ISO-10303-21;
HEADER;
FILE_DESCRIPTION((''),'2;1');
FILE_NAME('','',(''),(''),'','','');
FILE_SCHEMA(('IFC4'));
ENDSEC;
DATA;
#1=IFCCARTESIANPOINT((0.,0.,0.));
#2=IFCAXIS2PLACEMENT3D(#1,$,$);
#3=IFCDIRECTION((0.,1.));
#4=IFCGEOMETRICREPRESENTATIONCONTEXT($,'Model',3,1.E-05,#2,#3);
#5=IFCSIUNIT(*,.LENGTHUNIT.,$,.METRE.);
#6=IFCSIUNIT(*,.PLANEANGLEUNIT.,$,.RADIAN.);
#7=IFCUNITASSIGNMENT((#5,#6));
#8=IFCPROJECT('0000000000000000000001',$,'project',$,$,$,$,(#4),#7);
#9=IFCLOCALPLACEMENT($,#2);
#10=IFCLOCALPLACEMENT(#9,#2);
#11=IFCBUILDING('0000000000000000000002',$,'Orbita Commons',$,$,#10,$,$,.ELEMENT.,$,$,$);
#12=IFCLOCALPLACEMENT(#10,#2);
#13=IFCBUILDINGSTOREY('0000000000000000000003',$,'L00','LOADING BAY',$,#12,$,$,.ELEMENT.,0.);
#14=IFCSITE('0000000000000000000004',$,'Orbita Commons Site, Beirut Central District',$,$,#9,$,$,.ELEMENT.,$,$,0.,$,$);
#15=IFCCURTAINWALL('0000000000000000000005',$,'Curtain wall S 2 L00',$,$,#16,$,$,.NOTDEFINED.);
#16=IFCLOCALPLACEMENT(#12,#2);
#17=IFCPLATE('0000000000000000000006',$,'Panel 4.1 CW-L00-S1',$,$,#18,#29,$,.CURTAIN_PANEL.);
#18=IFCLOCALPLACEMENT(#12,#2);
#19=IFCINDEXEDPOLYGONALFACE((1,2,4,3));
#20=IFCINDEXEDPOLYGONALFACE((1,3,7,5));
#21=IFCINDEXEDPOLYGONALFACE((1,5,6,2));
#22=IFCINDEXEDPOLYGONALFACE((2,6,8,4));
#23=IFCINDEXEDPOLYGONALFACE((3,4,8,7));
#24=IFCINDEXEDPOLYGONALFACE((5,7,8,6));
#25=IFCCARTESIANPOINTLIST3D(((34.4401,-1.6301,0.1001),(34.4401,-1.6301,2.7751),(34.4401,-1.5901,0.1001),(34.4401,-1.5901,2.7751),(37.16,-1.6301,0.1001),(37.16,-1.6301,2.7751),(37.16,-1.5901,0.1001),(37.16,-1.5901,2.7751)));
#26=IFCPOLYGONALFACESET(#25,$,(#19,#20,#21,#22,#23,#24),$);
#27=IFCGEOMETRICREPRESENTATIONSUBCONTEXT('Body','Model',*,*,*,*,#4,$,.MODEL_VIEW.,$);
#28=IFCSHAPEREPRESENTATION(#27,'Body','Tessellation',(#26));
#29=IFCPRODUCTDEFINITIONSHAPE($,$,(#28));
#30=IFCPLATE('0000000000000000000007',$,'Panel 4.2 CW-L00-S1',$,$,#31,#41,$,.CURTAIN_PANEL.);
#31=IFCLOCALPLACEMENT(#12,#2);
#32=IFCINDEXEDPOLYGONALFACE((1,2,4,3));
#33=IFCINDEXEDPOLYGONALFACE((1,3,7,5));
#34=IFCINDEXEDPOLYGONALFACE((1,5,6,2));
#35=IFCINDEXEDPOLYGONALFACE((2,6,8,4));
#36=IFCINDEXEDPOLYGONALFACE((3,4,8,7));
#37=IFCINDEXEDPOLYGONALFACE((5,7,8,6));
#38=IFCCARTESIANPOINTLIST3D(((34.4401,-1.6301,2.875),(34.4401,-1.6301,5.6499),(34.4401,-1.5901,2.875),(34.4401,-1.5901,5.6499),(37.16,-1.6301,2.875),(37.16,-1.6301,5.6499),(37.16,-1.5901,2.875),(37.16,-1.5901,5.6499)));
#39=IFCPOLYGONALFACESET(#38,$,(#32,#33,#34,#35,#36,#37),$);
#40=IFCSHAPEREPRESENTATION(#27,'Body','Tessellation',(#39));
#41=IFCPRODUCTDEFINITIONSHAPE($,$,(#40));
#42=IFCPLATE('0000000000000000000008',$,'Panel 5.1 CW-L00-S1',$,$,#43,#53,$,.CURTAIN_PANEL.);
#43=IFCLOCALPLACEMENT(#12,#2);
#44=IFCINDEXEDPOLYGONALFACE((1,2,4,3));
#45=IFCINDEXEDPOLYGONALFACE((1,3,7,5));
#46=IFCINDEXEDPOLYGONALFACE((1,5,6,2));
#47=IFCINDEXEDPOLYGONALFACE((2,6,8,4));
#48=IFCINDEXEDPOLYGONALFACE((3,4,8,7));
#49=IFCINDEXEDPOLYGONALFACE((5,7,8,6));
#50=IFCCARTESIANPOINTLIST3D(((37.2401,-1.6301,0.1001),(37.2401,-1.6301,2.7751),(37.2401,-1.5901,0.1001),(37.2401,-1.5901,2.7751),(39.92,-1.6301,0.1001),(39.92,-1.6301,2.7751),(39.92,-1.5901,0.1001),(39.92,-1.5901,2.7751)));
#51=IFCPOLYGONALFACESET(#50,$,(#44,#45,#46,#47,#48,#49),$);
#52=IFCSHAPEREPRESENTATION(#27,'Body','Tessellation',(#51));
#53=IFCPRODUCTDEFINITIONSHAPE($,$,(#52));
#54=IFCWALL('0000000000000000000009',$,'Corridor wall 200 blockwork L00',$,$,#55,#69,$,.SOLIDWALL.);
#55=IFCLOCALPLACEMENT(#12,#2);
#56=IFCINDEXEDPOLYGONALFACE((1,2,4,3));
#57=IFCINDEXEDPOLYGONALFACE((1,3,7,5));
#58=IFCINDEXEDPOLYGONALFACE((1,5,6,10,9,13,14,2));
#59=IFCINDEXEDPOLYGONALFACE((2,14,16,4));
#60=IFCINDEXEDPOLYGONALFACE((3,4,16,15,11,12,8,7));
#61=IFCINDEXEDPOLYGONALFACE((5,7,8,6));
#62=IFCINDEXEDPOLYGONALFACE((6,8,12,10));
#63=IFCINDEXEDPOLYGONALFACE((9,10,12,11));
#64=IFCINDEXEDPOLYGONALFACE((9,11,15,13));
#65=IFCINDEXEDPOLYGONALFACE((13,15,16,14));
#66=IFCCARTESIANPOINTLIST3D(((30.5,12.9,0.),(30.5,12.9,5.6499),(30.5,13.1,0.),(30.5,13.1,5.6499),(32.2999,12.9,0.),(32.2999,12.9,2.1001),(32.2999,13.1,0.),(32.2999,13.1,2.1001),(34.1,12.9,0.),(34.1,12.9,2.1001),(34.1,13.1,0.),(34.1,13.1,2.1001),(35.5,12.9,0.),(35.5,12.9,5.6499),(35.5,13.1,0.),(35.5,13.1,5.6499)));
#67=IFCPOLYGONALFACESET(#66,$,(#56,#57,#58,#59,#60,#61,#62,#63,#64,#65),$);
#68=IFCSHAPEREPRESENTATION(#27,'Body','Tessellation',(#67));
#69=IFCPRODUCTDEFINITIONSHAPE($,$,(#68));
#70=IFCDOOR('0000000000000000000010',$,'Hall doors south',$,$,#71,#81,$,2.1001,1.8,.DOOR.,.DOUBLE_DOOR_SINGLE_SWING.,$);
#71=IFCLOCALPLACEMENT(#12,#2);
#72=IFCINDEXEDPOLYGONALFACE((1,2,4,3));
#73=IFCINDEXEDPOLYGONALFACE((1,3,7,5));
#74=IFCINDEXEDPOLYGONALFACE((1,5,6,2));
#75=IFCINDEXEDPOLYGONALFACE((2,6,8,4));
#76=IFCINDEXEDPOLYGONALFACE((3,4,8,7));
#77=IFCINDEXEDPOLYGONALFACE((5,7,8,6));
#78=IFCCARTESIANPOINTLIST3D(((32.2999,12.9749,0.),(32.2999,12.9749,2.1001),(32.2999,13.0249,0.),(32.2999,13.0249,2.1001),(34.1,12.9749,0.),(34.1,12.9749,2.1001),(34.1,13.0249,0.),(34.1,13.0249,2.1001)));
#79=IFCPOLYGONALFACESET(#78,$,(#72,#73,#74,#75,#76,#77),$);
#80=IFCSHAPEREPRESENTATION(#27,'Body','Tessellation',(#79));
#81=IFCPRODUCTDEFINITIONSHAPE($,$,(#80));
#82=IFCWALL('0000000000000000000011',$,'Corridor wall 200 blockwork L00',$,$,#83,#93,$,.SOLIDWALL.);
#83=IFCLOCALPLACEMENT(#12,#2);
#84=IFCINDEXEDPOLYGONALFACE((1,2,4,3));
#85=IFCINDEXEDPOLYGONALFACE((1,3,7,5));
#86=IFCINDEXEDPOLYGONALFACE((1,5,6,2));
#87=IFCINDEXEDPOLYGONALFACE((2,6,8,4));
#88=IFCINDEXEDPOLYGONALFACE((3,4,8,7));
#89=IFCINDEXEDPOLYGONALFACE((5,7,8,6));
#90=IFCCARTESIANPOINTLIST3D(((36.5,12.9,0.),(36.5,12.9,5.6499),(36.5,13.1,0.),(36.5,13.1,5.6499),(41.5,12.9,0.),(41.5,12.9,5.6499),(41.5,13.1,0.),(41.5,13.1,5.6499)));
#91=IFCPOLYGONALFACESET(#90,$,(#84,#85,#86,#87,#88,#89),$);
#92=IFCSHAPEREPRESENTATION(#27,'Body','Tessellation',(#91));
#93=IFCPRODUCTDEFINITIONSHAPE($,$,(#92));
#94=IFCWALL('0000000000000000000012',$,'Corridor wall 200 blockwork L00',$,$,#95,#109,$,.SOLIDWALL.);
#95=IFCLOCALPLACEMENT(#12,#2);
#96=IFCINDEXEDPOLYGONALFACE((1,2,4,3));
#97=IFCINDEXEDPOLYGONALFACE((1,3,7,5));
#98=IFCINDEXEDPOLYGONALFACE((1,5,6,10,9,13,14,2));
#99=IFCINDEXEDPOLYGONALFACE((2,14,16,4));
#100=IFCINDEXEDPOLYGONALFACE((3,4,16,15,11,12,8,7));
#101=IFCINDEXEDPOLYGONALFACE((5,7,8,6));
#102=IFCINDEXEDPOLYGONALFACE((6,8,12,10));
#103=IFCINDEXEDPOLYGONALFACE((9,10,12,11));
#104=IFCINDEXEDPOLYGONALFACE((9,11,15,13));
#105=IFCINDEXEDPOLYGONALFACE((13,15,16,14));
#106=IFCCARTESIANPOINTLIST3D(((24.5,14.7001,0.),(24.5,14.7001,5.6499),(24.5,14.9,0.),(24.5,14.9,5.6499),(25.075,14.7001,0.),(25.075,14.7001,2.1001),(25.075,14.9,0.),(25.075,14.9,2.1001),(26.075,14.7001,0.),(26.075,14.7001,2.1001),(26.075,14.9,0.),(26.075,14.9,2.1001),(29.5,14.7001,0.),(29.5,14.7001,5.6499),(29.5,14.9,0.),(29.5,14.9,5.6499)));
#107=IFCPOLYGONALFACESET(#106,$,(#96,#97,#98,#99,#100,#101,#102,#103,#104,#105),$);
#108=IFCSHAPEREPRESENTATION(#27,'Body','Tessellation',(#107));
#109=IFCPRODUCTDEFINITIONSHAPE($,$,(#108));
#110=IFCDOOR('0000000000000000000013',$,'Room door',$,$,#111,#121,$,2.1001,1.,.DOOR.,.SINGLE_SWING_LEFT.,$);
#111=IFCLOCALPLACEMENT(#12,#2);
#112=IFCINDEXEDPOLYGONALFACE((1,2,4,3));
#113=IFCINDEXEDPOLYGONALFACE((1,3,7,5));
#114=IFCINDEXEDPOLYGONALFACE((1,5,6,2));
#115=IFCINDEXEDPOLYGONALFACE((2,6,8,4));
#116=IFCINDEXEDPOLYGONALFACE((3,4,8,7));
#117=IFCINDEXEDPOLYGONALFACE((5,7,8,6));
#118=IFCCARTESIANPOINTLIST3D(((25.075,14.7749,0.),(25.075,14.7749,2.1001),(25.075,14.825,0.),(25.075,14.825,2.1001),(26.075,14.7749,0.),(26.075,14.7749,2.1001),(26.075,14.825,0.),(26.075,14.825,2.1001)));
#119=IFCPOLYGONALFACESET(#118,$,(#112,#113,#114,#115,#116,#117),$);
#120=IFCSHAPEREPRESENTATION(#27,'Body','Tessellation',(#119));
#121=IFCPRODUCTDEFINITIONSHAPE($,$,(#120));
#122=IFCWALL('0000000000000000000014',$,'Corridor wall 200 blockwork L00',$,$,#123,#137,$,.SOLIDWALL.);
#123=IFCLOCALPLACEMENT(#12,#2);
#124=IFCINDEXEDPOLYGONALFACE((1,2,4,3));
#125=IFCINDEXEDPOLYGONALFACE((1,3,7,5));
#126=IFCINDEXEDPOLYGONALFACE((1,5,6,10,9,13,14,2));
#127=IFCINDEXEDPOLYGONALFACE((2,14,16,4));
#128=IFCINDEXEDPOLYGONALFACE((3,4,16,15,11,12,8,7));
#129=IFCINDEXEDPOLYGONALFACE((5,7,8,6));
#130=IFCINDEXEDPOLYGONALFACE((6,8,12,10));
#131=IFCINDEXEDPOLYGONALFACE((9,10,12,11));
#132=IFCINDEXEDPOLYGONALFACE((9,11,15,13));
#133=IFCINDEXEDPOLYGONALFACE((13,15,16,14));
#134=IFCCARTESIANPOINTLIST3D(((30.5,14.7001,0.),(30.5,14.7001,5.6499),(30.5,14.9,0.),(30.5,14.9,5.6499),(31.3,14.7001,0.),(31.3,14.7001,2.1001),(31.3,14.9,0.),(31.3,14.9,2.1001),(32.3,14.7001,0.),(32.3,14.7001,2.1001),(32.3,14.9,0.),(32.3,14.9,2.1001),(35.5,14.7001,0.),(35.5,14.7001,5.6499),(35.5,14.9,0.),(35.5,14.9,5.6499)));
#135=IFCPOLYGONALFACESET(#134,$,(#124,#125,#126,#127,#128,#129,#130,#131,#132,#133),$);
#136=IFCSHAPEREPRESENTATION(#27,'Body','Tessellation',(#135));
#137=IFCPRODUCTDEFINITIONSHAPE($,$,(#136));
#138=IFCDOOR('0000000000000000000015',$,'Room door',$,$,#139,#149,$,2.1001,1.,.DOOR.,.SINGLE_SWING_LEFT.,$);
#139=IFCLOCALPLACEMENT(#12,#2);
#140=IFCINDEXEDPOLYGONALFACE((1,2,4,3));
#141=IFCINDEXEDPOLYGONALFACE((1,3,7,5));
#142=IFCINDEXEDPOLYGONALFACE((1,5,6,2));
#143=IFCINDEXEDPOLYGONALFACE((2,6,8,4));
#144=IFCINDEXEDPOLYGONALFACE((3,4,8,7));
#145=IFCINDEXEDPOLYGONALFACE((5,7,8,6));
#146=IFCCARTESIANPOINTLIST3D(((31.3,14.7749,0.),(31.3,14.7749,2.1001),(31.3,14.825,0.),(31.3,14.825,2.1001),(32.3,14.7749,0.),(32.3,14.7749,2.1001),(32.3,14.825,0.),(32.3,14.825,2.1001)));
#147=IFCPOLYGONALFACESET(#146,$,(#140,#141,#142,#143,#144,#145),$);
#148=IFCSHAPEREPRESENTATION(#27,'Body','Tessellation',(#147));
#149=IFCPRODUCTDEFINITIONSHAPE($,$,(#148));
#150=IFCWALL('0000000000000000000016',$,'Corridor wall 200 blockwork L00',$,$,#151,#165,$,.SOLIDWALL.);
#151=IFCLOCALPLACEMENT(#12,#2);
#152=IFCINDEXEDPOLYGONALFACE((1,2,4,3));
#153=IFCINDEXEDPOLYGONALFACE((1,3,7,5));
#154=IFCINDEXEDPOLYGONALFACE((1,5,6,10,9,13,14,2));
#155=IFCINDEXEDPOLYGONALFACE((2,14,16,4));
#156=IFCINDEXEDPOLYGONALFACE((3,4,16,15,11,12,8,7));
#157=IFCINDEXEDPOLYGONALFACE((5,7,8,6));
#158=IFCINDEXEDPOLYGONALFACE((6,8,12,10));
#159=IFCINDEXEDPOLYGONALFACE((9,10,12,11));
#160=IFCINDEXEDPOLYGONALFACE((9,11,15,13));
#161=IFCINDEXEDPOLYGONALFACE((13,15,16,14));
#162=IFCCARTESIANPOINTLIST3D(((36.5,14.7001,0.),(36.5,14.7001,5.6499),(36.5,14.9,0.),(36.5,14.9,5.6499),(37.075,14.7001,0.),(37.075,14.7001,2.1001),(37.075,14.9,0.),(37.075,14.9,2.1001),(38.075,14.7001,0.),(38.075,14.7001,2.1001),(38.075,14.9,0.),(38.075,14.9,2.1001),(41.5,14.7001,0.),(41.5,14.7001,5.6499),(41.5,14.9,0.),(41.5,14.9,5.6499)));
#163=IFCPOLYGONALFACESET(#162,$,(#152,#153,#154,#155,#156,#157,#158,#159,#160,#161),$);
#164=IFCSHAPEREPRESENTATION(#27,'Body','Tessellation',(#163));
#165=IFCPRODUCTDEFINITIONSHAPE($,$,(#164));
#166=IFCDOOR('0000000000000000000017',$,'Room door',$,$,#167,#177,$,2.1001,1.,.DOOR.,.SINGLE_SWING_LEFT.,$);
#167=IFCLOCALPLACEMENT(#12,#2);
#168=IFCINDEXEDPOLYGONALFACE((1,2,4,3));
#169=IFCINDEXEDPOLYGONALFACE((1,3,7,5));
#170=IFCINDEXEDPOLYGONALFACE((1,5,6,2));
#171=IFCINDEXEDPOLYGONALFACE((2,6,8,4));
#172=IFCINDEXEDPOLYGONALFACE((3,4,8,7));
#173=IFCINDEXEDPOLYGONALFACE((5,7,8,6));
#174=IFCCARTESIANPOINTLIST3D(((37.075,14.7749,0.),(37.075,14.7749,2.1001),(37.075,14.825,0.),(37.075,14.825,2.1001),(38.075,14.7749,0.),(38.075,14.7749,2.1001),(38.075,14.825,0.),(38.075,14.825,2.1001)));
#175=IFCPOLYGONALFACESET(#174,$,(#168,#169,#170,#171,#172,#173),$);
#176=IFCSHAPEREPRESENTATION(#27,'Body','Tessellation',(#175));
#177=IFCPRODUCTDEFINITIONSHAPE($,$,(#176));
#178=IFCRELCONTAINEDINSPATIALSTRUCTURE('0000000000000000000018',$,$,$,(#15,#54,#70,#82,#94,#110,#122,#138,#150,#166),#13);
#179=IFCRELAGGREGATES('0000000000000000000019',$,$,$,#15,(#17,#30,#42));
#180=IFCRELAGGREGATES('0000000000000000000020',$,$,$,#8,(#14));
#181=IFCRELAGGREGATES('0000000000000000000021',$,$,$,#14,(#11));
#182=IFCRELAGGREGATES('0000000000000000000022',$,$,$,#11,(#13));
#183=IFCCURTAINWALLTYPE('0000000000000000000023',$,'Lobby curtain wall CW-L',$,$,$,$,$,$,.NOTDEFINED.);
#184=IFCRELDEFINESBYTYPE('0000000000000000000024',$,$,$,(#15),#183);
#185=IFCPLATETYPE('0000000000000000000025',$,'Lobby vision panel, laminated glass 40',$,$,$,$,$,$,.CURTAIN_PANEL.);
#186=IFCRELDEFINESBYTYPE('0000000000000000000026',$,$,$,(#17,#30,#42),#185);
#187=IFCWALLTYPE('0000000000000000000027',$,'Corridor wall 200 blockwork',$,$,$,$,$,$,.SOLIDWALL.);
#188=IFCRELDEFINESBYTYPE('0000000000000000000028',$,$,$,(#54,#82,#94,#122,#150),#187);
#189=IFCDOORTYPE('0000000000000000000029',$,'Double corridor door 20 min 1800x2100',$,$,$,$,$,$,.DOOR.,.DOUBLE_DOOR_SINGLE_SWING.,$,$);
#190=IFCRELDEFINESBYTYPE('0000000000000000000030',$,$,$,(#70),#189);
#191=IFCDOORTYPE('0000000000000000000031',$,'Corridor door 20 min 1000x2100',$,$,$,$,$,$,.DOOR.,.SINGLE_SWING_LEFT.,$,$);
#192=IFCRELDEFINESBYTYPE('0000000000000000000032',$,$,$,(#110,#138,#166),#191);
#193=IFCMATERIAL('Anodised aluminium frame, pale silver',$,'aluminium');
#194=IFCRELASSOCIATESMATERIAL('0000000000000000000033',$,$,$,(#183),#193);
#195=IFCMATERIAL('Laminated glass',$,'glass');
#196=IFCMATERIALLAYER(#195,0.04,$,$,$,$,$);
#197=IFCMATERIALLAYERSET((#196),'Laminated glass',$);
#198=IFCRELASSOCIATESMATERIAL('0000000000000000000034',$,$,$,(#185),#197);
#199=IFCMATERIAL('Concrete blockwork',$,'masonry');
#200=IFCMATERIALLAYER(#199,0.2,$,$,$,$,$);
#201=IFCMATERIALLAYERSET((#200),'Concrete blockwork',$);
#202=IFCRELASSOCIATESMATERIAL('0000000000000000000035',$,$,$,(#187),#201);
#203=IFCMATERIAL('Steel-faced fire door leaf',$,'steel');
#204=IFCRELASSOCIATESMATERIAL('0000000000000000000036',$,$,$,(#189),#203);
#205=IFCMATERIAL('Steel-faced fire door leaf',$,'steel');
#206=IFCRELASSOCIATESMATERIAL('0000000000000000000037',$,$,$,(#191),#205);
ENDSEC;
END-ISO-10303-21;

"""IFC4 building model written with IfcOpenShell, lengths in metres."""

from ifc_helpers import new_model, si_unit, direction, frame, frame_2d, origin, origin_2d, place, context, subcontext, project, spatial, rectangle, extrude, material, layer, layer_set, type_object, element, fill, aggregate, save


model = new_model("IFC4")

# Units and contexts
model_context = context("Model", 3, precision=1e-05, world=origin(), true_north=direction((0.0, 1.0)))
body_context = subcontext(model_context, "Body", "Model", "MODEL_VIEW")
ifc_project = project(units=[si_unit("LENGTHUNIT", "METRE"), si_unit("PLANEANGLEUNIT", "RADIAN")], contexts=[model_context])

# Site, building, storey
site_placement = place(None, origin())
site = spatial("IfcSite", under=ifc_project, at=site_placement, Name="Orbita Commons Site, Beirut Central District", CompositionType="ELEMENT", RefElevation=0.0)
building_placement = place(site_placement, origin())
building = spatial("IfcBuilding", under=site, at=building_placement, Name="Orbita Commons", CompositionType="ELEMENT")
storey_placement = place(building_placement, origin())
storey = spatial("IfcBuildingStorey", under=building, at=storey_placement, Name="L00", Description="LOADING BAY", CompositionType="ELEMENT", Elevation=0.0)

# Curtain wall
ifc_material_1 = material(Name="Anodised aluminium frame, pale silver", Category="aluminium")
curtain_wall_type = type_object("IfcCurtainWallType", Name="Lobby curtain wall CW-L", PredefinedType="NOTDEFINED", material=ifc_material_1)
curtain_wall_placement = place(storey_placement, origin())
curtain_wall = element("IfcCurtainWall", 1, at=curtain_wall_placement, inside=storey, type_object=curtain_wall_type, Name="Curtain wall S 2 L00", PredefinedType="NOTDEFINED")

# Plates
ifc_material_2 = material(Name="Laminated glass", Category="glass")
ifc_layer_1 = layer(ifc_material_2, 0.04)
ifc_layer_set_1 = layer_set([ifc_layer_1], Name="Laminated glass")
plate_type = type_object("IfcPlateType", Name="Lobby vision panel, laminated glass 40", PredefinedType="CURTAIN_PANEL", material=ifc_layer_set_1)
plate_1_placement = place(storey_placement, frame((35.8, -1.6101, 0.1001), z_axis=(0.0, 0.0, 1.0), x_axis=(1.0, 0.0, 0.0)))
plate_1 = element("IfcPlate", 2, at=plate_1_placement, type_object=plate_type, Name="Panel 4.1 CW-L00-S1", PredefinedType="CURTAIN_PANEL", context=body_context, shape_type="SweptSolid", body=[
    extrude(rectangle(XDim=2.72, YDim=0.04, at=origin_2d()), origin(), (0.0, 0.0, 1.0), 2.675),
])
plate_2_placement = place(storey_placement, frame((35.8, -1.6101, 2.875), z_axis=(0.0, 0.0, 1.0), x_axis=(1.0, 0.0, 0.0)))
plate_2 = element("IfcPlate", 3, at=plate_2_placement, type_object=plate_type, Name="Panel 4.2 CW-L00-S1", PredefinedType="CURTAIN_PANEL", context=body_context, shape_type="SweptSolid", body=[
    extrude(rectangle(XDim=2.72, YDim=0.04, at=origin_2d()), origin(), (0.0, 0.0, 1.0), 2.7749),
])
plate_3_placement = place(storey_placement, frame((38.5801, -1.6101, 0.1001), z_axis=(0.0, 0.0, 1.0), x_axis=(1.0, 0.0, 0.0)))
plate_3 = element("IfcPlate", 4, at=plate_3_placement, type_object=plate_type, Name="Panel 5.1 CW-L00-S1", PredefinedType="CURTAIN_PANEL", context=body_context, shape_type="SweptSolid", body=[
    extrude(rectangle(XDim=2.6799, YDim=0.04, at=origin_2d()), origin(), (0.0, 0.0, 1.0), 2.675),
])
aggregate(curtain_wall, [plate_1, plate_2, plate_3])

# Wall, opening, door
ifc_material_3 = material(Name="Concrete blockwork", Category="masonry")
ifc_layer_2 = layer(ifc_material_3, 0.2)
ifc_layer_set_2 = layer_set([ifc_layer_2], Name="Concrete blockwork")
wall_type_1 = type_object("IfcWallType", Name="Corridor wall 200 blockwork", PredefinedType="SOLIDWALL", material=ifc_layer_set_2)
wall_1_placement = place(storey_placement, frame((30.5, 13.0, 0.0), z_axis=(0.0, 0.0, 1.0), x_axis=(1.0, 0.0, 0.0)))
wall_1 = element("IfcWall", 5, at=wall_1_placement, inside=storey, type_object=wall_type_1, Name="Corridor wall 200 blockwork L00", PredefinedType="SOLIDWALL", context=body_context, shape_type="SweptSolid", body=[
    extrude(rectangle(XDim=5.0, YDim=0.2, at=frame_2d((2.5, 0.0))), origin(), (0.0, 0.0, 1.0), 5.6499),
])
opening_1_placement = place(wall_1_placement, frame((1.8, 0.0, 0.0)))
opening_1 = element("IfcOpeningElement", 6, at=opening_1_placement, cuts=wall_1, PredefinedType="OPENING", context=body_context, shape_type="SweptSolid", body=[
    extrude(rectangle(XDim=1.8, YDim=2.1001, at=frame_2d((0.8999, 1.05))), frame((0.0, 0.1099, 0.0), z_axis=(0.0, -1.0, 0.0), x_axis=(1.0, 0.0, 0.0)), (0.0, 0.0, 1.0), 0.22),
])
ifc_material_4 = material(Name="Steel-faced fire door leaf", Category="steel")
door_type_1 = type_object("IfcDoorType", Name="Double corridor door 20 min 1800x2100", OperationType="DOUBLE_DOOR_SINGLE_SWING", PredefinedType="DOOR", material=ifc_material_4)
door_1_placement = place(opening_1_placement, origin())
door_1 = element("IfcDoor", 7, at=door_1_placement, inside=storey, type_object=door_type_1, Name="Hall doors south", OperationType="DOUBLE_DOOR_SINGLE_SWING", OverallHeight=2.1001, OverallWidth=1.8, PredefinedType="DOOR", context=body_context, shape_type="SweptSolid", body=[
    extrude(rectangle(XDim=1.8, YDim=2.1001, at=frame_2d((0.8999, 1.05))), frame((0.0, 0.0249, 0.0), z_axis=(0.0, -1.0, 0.0), x_axis=(1.0, 0.0, 0.0)), (0.0, 0.0, 1.0), 0.05),
])
fill(opening_1, door_1)

# Wall
wall_2_placement = place(storey_placement, frame((36.5, 13.0, 0.0), z_axis=(0.0, 0.0, 1.0), x_axis=(1.0, 0.0, 0.0)))
element("IfcWall", 8, at=wall_2_placement, inside=storey, type_object=wall_type_1, Name="Corridor wall 200 blockwork L00", PredefinedType="SOLIDWALL", context=body_context, shape_type="SweptSolid", body=[
    extrude(rectangle(XDim=5.0, YDim=0.2, at=frame_2d((2.5, 0.0))), origin(), (0.0, 0.0, 1.0), 5.6499),
])

# Walls, openings, doors
wall_3_placement = place(storey_placement, frame((24.5, 14.8, 0.0), z_axis=(0.0, 0.0, 1.0), x_axis=(1.0, 0.0, 0.0)))
wall_3 = element("IfcWall", 9, at=wall_3_placement, inside=storey, type_object=wall_type_1, Name="Corridor wall 200 blockwork L00", PredefinedType="SOLIDWALL", context=body_context, shape_type="SweptSolid", body=[
    extrude(rectangle(XDim=5.0, YDim=0.2, at=frame_2d((2.5, 0.0))), origin(), (0.0, 0.0, 1.0), 5.6499),
])
opening_2_placement = place(wall_3_placement, frame((0.575, 0.0, 0.0)))
opening_2 = element("IfcOpeningElement", 10, at=opening_2_placement, cuts=wall_3, PredefinedType="OPENING", context=body_context, shape_type="SweptSolid", body=[
    extrude(rectangle(XDim=1.0, YDim=2.1001, at=frame_2d((0.5, 1.05))), frame((0.0, 0.1099, 0.0), z_axis=(0.0, -1.0, 0.0), x_axis=(1.0, 0.0, 0.0)), (0.0, 0.0, 1.0), 0.22),
])
ifc_material_5 = material(Name="Steel-faced fire door leaf", Category="steel")
door_type_2 = type_object("IfcDoorType", Name="Corridor door 20 min 1000x2100", OperationType="SINGLE_SWING_LEFT", PredefinedType="DOOR", material=ifc_material_5)
door_2_placement = place(opening_2_placement, origin())
door_2 = element("IfcDoor", 11, at=door_2_placement, inside=storey, type_object=door_type_2, Name="Room door", OperationType="SINGLE_SWING_LEFT", OverallHeight=2.1001, OverallWidth=1.0, PredefinedType="DOOR", context=body_context, shape_type="SweptSolid", body=[
    extrude(rectangle(XDim=1.0, YDim=2.1001, at=frame_2d((0.5, 1.05))), frame((0.0, 0.0249, 0.0), z_axis=(0.0, -1.0, 0.0), x_axis=(1.0, 0.0, 0.0)), (0.0, 0.0, 1.0), 0.05),
])
fill(opening_2, door_2)
wall_4_placement = place(storey_placement, frame((30.5, 14.8, 0.0), z_axis=(0.0, 0.0, 1.0), x_axis=(1.0, 0.0, 0.0)))
wall_4 = element("IfcWall", 12, at=wall_4_placement, inside=storey, type_object=wall_type_1, Name="Corridor wall 200 blockwork L00", PredefinedType="SOLIDWALL", context=body_context, shape_type="SweptSolid", body=[
    extrude(rectangle(XDim=5.0, YDim=0.2, at=frame_2d((2.5, 0.0))), origin(), (0.0, 0.0, 1.0), 5.6499),
])
opening_3_placement = place(wall_4_placement, frame((0.8, 0.0, 0.0)))
opening_3 = element("IfcOpeningElement", 13, at=opening_3_placement, cuts=wall_4, PredefinedType="OPENING", context=body_context, shape_type="SweptSolid", body=[
    extrude(rectangle(XDim=1.0, YDim=2.1001, at=frame_2d((0.5, 1.05))), frame((0.0, 0.1099, 0.0), z_axis=(0.0, -1.0, 0.0), x_axis=(1.0, 0.0, 0.0)), (0.0, 0.0, 1.0), 0.22),
])
door_3_placement = place(opening_3_placement, origin())
door_3 = element("IfcDoor", 14, at=door_3_placement, inside=storey, type_object=door_type_2, Name="Room door", OperationType="SINGLE_SWING_LEFT", OverallHeight=2.1001, OverallWidth=1.0, PredefinedType="DOOR", context=body_context, shape_type="SweptSolid", body=[
    extrude(rectangle(XDim=1.0, YDim=2.1001, at=frame_2d((0.5, 1.05))), frame((0.0, 0.0249, 0.0), z_axis=(0.0, -1.0, 0.0), x_axis=(1.0, 0.0, 0.0)), (0.0, 0.0, 1.0), 0.05),
])
fill(opening_3, door_3)
wall_5_placement = place(storey_placement, frame((36.5, 14.8, 0.0), z_axis=(0.0, 0.0, 1.0), x_axis=(1.0, 0.0, 0.0)))
wall_5 = element("IfcWall", 15, at=wall_5_placement, inside=storey, type_object=wall_type_1, Name="Corridor wall 200 blockwork L00", PredefinedType="SOLIDWALL", context=body_context, shape_type="SweptSolid", body=[
    extrude(rectangle(XDim=5.0, YDim=0.2, at=frame_2d((2.5, 0.0))), origin(), (0.0, 0.0, 1.0), 5.6499),
])
opening_4_placement = place(wall_5_placement, frame((0.575, 0.0, 0.0)))
opening_4 = element("IfcOpeningElement", 16, at=opening_4_placement, cuts=wall_5, PredefinedType="OPENING", context=body_context, shape_type="SweptSolid", body=[
    extrude(rectangle(XDim=1.0, YDim=2.1001, at=frame_2d((0.5, 1.05))), frame((0.0, 0.1099, 0.0), z_axis=(0.0, -1.0, 0.0), x_axis=(1.0, 0.0, 0.0)), (0.0, 0.0, 1.0), 0.22),
])
door_4_placement = place(opening_4_placement, origin())
door_4 = element("IfcDoor", 17, at=door_4_placement, inside=storey, type_object=door_type_2, Name="Room door", OperationType="SINGLE_SWING_LEFT", OverallHeight=2.1001, OverallWidth=1.0, PredefinedType="DOOR", context=body_context, shape_type="SweptSolid", body=[
    extrude(rectangle(XDim=1.0, YDim=2.1001, at=frame_2d((0.5, 1.05))), frame((0.0, 0.0249, 0.0), z_axis=(0.0, -1.0, 0.0), x_axis=(1.0, 0.0, 0.0)), (0.0, 0.0, 1.0), 0.05),
])
fill(opening_4, door_4)

save(model, "model.ifc")
